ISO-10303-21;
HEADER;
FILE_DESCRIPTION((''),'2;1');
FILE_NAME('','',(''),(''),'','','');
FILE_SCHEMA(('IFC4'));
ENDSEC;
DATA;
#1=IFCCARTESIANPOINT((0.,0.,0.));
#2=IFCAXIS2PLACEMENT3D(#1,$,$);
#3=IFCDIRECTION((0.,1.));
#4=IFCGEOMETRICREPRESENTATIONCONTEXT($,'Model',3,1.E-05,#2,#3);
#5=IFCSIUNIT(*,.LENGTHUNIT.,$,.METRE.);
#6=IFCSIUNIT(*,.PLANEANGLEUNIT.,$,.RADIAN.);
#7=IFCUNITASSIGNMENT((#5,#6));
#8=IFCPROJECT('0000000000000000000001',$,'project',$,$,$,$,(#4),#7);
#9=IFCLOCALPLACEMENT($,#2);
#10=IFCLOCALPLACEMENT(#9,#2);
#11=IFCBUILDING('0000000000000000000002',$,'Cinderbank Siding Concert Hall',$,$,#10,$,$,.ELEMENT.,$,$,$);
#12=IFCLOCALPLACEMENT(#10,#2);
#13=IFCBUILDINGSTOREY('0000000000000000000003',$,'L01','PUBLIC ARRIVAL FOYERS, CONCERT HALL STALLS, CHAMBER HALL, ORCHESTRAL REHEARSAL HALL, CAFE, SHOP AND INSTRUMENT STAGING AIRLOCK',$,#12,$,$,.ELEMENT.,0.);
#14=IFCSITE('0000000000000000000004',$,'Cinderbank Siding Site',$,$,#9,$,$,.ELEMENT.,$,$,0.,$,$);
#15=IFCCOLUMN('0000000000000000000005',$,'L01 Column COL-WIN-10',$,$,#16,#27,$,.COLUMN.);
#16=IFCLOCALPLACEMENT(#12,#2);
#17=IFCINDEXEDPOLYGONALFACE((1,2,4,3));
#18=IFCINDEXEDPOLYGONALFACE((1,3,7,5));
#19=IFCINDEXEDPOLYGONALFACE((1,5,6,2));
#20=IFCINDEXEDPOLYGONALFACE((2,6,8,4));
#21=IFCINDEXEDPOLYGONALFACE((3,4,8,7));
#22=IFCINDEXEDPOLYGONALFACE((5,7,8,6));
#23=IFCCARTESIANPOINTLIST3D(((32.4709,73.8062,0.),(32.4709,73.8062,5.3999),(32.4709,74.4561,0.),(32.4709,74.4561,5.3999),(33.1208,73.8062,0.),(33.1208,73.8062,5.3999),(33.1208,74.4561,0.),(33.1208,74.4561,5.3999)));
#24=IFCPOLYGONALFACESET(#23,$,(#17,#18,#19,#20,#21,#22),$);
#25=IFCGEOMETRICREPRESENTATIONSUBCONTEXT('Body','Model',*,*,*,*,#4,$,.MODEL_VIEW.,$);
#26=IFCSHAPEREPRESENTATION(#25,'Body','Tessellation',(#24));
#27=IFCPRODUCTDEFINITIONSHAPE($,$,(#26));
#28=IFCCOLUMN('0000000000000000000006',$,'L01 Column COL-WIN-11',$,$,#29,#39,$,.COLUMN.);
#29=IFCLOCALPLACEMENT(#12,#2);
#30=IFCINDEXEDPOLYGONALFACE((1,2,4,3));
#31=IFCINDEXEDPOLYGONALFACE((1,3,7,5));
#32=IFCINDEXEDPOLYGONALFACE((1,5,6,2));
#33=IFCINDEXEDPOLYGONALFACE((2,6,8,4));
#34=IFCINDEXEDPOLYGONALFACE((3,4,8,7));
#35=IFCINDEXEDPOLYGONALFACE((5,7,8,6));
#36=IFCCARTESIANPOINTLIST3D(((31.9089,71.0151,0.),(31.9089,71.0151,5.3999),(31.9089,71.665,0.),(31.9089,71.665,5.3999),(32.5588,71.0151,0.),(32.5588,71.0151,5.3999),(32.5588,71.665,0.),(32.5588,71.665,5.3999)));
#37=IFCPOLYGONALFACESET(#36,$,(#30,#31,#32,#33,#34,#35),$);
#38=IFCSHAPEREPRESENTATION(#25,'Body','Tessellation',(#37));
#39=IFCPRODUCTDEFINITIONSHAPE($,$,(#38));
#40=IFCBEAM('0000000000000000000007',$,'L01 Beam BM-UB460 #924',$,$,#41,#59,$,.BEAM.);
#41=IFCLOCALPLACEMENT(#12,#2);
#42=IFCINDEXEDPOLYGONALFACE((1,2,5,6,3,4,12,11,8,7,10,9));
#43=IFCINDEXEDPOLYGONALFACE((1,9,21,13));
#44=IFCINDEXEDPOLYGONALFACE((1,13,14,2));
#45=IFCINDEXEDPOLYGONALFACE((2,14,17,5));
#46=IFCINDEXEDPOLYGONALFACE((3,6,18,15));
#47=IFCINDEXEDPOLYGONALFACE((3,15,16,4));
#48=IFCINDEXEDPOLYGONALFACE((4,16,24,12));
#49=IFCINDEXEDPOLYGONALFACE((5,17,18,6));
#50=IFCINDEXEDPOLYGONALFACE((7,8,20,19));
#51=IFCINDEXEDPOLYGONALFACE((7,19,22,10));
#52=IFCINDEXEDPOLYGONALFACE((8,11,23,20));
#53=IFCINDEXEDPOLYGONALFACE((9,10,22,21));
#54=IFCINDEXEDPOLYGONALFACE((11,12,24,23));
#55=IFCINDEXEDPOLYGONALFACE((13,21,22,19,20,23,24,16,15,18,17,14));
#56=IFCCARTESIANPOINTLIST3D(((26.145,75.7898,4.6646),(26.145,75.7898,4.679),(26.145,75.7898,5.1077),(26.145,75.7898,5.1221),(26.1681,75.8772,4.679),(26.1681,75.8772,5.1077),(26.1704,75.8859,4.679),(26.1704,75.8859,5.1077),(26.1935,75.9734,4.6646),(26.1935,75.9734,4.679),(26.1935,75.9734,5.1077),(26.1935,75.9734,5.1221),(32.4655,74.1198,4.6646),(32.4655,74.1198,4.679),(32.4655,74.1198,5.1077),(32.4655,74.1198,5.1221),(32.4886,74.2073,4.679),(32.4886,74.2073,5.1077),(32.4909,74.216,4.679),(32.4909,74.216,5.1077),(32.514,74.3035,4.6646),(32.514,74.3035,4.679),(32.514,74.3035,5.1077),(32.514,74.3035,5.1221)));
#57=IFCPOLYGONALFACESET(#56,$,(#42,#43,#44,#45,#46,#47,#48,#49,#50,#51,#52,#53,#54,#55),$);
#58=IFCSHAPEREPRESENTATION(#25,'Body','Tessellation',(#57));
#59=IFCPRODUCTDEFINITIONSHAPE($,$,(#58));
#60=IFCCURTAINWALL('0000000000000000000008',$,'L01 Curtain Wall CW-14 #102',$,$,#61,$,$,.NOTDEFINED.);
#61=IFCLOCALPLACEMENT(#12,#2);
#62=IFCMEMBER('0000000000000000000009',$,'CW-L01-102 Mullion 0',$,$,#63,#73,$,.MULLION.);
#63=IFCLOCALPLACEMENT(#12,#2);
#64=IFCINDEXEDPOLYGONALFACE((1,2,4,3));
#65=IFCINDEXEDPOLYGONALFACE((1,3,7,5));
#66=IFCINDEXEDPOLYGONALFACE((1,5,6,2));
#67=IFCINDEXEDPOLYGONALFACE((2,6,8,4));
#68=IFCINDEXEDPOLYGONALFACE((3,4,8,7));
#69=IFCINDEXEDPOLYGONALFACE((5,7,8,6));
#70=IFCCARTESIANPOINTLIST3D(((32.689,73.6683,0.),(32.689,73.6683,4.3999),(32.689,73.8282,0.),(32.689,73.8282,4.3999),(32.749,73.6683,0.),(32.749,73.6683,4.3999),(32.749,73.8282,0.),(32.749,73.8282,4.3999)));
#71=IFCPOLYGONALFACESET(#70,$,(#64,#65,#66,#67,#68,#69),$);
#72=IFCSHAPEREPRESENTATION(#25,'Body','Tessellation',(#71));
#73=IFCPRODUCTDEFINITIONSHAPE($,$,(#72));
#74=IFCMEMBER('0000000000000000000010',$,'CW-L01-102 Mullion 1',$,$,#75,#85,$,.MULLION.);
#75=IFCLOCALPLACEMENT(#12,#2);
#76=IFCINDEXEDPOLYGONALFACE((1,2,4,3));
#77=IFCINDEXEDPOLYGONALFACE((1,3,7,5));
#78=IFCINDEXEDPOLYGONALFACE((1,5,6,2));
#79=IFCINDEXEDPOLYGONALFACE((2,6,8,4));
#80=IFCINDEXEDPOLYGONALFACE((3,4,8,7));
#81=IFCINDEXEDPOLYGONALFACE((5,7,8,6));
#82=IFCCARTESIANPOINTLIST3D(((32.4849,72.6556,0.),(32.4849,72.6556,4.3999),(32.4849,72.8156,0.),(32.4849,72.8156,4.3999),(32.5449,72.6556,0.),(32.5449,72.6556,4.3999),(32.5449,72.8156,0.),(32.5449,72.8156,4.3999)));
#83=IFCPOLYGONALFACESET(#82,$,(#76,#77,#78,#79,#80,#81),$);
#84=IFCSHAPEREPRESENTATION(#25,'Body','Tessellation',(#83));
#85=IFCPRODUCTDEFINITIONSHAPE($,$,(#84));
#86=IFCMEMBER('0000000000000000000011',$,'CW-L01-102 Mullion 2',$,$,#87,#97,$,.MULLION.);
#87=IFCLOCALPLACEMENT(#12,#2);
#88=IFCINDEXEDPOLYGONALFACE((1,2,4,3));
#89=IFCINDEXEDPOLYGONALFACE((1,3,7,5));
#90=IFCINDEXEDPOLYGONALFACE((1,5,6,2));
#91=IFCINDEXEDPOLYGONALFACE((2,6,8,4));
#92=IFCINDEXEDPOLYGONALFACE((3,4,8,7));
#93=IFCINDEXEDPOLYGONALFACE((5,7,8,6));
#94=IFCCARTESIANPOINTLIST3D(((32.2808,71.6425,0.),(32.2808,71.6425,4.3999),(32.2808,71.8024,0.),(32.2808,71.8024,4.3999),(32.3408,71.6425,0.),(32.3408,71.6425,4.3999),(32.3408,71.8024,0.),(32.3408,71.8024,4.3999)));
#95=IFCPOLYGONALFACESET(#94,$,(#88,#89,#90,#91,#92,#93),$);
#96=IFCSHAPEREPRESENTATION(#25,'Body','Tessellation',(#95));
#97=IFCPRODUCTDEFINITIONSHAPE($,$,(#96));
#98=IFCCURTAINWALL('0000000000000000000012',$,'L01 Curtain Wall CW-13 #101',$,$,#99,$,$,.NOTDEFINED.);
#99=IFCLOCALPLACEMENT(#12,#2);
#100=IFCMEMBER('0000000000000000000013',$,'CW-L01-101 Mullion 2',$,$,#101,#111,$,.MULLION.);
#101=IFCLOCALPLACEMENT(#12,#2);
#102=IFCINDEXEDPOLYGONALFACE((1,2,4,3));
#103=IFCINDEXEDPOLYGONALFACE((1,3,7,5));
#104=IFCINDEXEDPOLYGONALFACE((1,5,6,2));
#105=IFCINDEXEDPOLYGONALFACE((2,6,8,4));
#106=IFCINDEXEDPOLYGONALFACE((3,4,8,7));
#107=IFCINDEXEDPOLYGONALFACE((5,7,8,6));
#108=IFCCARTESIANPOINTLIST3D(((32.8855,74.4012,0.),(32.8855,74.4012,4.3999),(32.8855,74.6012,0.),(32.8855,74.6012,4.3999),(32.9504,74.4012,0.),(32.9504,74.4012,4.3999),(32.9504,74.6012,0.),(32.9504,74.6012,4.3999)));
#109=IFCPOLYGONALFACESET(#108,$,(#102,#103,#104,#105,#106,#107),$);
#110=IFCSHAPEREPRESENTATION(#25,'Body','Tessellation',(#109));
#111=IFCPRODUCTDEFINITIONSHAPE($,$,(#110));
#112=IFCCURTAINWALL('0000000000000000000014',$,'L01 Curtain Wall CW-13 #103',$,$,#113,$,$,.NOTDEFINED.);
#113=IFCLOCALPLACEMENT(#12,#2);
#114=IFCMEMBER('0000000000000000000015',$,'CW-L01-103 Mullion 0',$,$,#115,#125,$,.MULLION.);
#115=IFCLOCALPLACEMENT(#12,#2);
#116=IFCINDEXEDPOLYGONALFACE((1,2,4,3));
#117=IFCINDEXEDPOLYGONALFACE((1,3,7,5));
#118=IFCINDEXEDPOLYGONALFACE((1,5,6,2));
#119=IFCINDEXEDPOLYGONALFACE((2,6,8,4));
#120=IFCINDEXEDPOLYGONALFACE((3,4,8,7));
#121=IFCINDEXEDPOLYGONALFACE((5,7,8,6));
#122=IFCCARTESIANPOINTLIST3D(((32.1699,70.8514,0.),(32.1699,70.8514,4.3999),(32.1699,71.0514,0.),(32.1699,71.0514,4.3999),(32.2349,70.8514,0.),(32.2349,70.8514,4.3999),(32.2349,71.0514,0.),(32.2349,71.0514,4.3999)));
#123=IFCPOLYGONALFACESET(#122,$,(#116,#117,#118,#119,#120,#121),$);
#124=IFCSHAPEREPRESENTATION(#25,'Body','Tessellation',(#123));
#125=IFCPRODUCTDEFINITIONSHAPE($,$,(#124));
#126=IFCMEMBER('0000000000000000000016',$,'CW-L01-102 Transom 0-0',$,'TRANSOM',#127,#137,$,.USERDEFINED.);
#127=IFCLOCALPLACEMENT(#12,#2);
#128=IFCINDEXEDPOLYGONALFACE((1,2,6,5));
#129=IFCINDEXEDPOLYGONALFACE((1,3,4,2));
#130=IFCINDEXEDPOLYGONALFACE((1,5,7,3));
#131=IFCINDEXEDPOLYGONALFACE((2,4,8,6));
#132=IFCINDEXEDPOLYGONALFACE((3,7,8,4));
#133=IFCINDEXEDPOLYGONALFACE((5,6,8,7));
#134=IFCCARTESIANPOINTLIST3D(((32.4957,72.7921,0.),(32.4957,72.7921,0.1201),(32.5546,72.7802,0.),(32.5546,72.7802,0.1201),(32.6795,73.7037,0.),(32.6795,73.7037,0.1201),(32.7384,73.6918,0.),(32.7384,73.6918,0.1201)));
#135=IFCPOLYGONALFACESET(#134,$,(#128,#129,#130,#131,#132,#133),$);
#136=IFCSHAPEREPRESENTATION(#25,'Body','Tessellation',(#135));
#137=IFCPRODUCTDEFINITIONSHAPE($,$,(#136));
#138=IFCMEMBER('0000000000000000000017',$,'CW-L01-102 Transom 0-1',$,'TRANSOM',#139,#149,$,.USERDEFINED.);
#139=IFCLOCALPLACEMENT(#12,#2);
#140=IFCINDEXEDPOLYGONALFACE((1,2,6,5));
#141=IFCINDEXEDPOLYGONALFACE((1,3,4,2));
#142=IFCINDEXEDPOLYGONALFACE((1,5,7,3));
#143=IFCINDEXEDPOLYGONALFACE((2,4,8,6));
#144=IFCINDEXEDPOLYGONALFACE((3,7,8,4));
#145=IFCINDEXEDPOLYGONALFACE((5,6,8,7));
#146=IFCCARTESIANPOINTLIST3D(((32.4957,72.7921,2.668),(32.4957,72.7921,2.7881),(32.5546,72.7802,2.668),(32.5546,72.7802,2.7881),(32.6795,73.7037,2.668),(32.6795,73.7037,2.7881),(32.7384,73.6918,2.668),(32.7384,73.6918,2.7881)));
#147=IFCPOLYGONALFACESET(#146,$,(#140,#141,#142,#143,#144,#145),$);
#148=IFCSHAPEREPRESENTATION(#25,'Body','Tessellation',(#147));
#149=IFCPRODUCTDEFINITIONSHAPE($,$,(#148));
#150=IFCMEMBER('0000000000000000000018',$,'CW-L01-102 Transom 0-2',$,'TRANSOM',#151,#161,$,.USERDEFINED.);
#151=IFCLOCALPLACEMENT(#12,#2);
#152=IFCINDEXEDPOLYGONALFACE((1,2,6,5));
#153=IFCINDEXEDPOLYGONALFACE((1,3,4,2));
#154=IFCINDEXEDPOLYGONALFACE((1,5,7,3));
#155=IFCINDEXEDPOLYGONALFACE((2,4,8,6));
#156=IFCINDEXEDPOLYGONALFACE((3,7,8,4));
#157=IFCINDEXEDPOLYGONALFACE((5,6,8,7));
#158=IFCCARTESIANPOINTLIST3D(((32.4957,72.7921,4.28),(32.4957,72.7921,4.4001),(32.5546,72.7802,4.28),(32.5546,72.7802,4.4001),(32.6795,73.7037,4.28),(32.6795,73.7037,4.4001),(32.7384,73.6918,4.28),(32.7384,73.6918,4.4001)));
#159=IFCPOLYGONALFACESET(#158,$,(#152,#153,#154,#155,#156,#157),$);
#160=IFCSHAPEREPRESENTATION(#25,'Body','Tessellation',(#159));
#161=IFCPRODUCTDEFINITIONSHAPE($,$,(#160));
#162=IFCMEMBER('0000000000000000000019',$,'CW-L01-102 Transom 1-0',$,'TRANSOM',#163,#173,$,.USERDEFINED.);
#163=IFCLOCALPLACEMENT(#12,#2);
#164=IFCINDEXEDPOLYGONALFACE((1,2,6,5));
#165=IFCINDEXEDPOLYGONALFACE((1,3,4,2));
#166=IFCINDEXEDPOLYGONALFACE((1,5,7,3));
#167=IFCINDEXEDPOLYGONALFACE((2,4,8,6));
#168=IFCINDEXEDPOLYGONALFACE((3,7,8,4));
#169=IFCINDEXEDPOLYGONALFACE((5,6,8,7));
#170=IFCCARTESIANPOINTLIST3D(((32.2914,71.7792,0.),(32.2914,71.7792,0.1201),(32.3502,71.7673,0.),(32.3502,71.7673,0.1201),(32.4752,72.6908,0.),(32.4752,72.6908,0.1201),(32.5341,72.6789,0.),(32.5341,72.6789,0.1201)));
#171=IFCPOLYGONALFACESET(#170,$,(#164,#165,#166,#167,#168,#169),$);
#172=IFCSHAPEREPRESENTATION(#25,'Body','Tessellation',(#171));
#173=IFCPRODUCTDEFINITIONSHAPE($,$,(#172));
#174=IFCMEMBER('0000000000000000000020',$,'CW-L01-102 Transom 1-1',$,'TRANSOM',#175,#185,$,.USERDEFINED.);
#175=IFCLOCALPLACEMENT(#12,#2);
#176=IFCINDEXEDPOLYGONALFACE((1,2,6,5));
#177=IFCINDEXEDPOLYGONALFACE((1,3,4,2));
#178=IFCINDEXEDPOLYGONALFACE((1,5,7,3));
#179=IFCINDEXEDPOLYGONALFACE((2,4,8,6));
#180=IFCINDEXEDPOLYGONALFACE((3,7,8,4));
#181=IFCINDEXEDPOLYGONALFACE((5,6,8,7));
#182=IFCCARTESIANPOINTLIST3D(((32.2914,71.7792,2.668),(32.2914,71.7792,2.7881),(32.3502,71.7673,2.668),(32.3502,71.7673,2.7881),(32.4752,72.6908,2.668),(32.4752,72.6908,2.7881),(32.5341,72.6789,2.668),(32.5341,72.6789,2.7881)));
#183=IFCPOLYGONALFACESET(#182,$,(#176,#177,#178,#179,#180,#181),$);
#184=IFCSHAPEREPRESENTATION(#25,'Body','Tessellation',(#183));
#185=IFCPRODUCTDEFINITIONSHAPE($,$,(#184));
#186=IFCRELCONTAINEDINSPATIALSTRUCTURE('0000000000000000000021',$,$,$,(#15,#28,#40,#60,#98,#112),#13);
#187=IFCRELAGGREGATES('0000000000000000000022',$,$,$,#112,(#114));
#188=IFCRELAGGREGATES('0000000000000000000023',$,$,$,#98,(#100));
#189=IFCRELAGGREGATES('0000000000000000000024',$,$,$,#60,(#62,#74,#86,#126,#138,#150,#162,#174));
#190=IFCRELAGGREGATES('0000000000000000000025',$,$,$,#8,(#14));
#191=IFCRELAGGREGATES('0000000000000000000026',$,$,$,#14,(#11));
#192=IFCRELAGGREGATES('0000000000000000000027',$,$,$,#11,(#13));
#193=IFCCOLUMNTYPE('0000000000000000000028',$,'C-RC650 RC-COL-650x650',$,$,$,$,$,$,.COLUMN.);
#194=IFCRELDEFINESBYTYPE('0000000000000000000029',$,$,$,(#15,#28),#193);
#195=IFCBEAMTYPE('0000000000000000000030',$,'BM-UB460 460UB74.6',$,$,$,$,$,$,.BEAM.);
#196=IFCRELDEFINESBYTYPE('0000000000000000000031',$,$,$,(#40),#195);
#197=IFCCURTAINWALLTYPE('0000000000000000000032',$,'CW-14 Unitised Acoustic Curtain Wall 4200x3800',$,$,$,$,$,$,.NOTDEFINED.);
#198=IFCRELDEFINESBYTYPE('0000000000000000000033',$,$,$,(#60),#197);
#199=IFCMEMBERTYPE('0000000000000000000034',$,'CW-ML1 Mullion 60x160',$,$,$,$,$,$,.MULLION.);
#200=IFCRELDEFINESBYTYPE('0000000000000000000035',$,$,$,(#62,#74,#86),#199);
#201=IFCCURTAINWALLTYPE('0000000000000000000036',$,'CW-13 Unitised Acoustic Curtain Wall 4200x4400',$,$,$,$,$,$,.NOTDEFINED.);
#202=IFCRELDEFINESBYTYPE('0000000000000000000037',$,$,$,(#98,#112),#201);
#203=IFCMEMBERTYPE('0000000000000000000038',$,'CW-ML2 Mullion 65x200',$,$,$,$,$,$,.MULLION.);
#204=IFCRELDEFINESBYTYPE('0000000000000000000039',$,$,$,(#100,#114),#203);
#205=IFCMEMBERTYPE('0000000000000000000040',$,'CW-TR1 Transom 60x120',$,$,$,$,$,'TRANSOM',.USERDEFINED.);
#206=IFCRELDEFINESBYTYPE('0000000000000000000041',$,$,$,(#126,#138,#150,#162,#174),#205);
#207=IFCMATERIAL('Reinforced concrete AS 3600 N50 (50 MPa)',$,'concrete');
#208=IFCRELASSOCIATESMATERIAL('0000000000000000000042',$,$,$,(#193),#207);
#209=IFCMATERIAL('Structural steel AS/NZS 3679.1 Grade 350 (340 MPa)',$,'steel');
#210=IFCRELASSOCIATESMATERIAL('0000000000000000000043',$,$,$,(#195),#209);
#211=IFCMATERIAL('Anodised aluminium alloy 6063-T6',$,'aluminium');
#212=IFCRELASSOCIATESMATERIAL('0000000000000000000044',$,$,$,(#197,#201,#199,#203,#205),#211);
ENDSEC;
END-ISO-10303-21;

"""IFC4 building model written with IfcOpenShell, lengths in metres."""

from ifc_helpers import new_model, si_unit, direction, frame, origin, origin_2d, place, context, subcontext, project, spatial, rectangle, i_section, extrude, material, material_profile, profile_set, type_object, element, aggregate, save


model = new_model("IFC4")

# Units and contexts
model_context = context("Model", 3, precision=1e-05, world=origin(), true_north=direction((0.0, 1.0)))
body_context = subcontext(model_context, "Body", "Model", "MODEL_VIEW")
ifc_project = project(units=[si_unit("LENGTHUNIT", "METRE"), si_unit("PLANEANGLEUNIT", "RADIAN")], contexts=[model_context])

# Site, building, storey
site_placement = place(None, origin())
site = spatial("IfcSite", under=ifc_project, at=site_placement, Name="Cinderbank Siding Site", CompositionType="ELEMENT", RefElevation=0.0)
building_placement = place(site_placement, origin())
building = spatial("IfcBuilding", under=site, at=building_placement, Name="Cinderbank Siding Concert Hall", CompositionType="ELEMENT")
storey_placement = place(building_placement, origin())
storey = spatial("IfcBuildingStorey", under=building, at=storey_placement, Name="L01", Description="PUBLIC ARRIVAL FOYERS, CONCERT HALL STALLS, CHAMBER HALL, ORCHESTRAL REHEARSAL HALL, CAFE, SHOP AND INSTRUMENT STAGING AIRLOCK", CompositionType="ELEMENT", Elevation=0.0)

# Columns
ifc_material_1 = material(Name="Reinforced concrete AS 3600 N50 (50 MPa)", Category="concrete")
ifc_material_profile_1 = material_profile(ifc_material_1, rectangle(XDim=0.6499, YDim=0.6499, at=origin_2d()), Name="RC-COL-650x650", Category="LoadBearing")
ifc_profile_set_1 = profile_set([ifc_material_profile_1], Name="Reinforced concrete AS 3600 N50 (50 MPa)")
column_type = type_object("IfcColumnType", Name="C-RC650 RC-COL-650x650", PredefinedType="COLUMN", material=ifc_profile_set_1)
for number, where, z_axis, x_axis, name in (
    (1, (32.7959, 74.1311, 0.0), (0.0, 0.0, 1.0), (1.0, 0.0, 0.0), "L01 Column COL-WIN-10"),
    (2, (32.2339, 71.3401, 0.0), (0.0, 0.0, 1.0), (1.0, 0.0, 0.0), "L01 Column COL-WIN-11"),
):
    element("IfcColumn", number, at=place(storey_placement, frame(where, z_axis=z_axis, x_axis=x_axis)), inside=storey, type_object=column_type, Name=name, PredefinedType="COLUMN", context=body_context, shape_type="SweptSolid", body=[
        extrude(rectangle(XDim=0.6499, YDim=0.6499, at=origin_2d()), origin(), (0.0, 0.0, 1.0), 5.3999),
    ])

# Beam
ifc_material_2 = material(Name="Structural steel AS/NZS 3679.1 Grade 350 (340 MPa)", Category="steel")
ifc_material_profile_2 = material_profile(ifc_material_2, i_section(OverallWidth=0.1899, OverallDepth=0.4575, WebThickness=0.009, FlangeThickness=0.0144, at=origin_2d()), Name="460UB74.6", Category="LoadBearing")
ifc_profile_set_2 = profile_set([ifc_material_profile_2], Name="Structural steel AS/NZS 3679.1 Grade 350 (340 MPa)")
beam_type_1 = type_object("IfcBeamType", Name="BM-UB460 460UB74.6", PredefinedType="BEAM", material=ifc_profile_set_2)
beam_1_placement = place(storey_placement, frame((32.4897, 74.2117, 4.8933), z_axis=(-0.966825, 0.25544, 0.0), x_axis=(-0.25544, -0.966825, 0.0)))
element("IfcBeam", 3, at=beam_1_placement, inside=storey, type_object=beam_type_1, Name="L01 Beam BM-UB460 #924", PredefinedType="BEAM", context=body_context, shape_type="SweptSolid", body=[
    extrude(i_section(OverallWidth=0.1899, OverallDepth=0.4575, WebThickness=0.009, FlangeThickness=0.0144, at=origin_2d()), origin(), (0.0, 0.0, 1.0), 6.5374),
])

# Curtain wall, members
ifc_material_3 = material(Name="Anodised aluminium alloy 6063-T6", Category="aluminium")
curtain_wall_type_1 = type_object("IfcCurtainWallType", Name="CW-14 Unitised Acoustic Curtain Wall 4200x3800", PredefinedType="NOTDEFINED", material=ifc_material_3)
curtain_wall_1_placement = place(storey_placement, origin())
curtain_wall_1 = element("IfcCurtainWall", 4, at=curtain_wall_1_placement, inside=storey, type_object=curtain_wall_type_1, Name="L01 Curtain Wall CW-14 #102", PredefinedType="NOTDEFINED")
ifc_material_profile_3 = material_profile(ifc_material_3, rectangle(XDim=0.0601, YDim=0.1599, at=origin_2d()), Name="ALU-MULL-60x160", Category="LoadBearing")
ifc_profile_set_3 = profile_set([ifc_material_profile_3], Name="Anodised aluminium alloy 6063-T6")
member_type_1 = type_object("IfcMemberType", Name="CW-ML1 Mullion 60x160", PredefinedType="MULLION", material=ifc_profile_set_3)
member_1_placement = place(storey_placement, frame((32.719, 73.7483, 0.0), z_axis=(0.0, 0.0, 1.0), x_axis=(1.0, 0.0, 0.0)))
member_1 = element("IfcMember", 5, at=member_1_placement, type_object=member_type_1, Name="CW-L01-102 Mullion 0", PredefinedType="MULLION", context=body_context, shape_type="SweptSolid", body=[
    extrude(rectangle(XDim=0.0601, YDim=0.1599, at=origin_2d()), origin(), (0.0, 0.0, 1.0), 4.3999),
])
member_2_placement = place(storey_placement, frame((32.5149, 72.7356, 0.0), z_axis=(0.0, 0.0, 1.0), x_axis=(1.0, 0.0, 0.0)))
member_2 = element("IfcMember", 6, at=member_2_placement, type_object=member_type_1, Name="CW-L01-102 Mullion 1", PredefinedType="MULLION", context=body_context, shape_type="SweptSolid", body=[
    extrude(rectangle(XDim=0.0601, YDim=0.1599, at=origin_2d()), origin(), (0.0, 0.0, 1.0), 4.3999),
])
member_3_placement = place(storey_placement, frame((32.3108, 71.7224, 0.0), z_axis=(0.0, 0.0, 1.0), x_axis=(1.0, 0.0, 0.0)))
member_3 = element("IfcMember", 7, at=member_3_placement, type_object=member_type_1, Name="CW-L01-102 Mullion 2", PredefinedType="MULLION", context=body_context, shape_type="SweptSolid", body=[
    extrude(rectangle(XDim=0.0601, YDim=0.1599, at=origin_2d()), origin(), (0.0, 0.0, 1.0), 4.3999),
])

# Curtain walls, members
curtain_wall_type_2 = type_object("IfcCurtainWallType", Name="CW-13 Unitised Acoustic Curtain Wall 4200x4400", PredefinedType="NOTDEFINED", material=ifc_material_3)
curtain_wall_2_placement = place(storey_placement, origin())
curtain_wall_2 = element("IfcCurtainWall", 8, at=curtain_wall_2_placement, inside=storey, type_object=curtain_wall_type_2, Name="L01 Curtain Wall CW-13 #101", PredefinedType="NOTDEFINED")
ifc_material_profile_4 = material_profile(ifc_material_3, rectangle(XDim=0.0649, YDim=0.2, at=origin_2d()), Name="ALU-MULL-65x200", Category="LoadBearing")
ifc_profile_set_4 = profile_set([ifc_material_profile_4], Name="Anodised aluminium alloy 6063-T6")
member_type_2 = type_object("IfcMemberType", Name="CW-ML2 Mullion 65x200", PredefinedType="MULLION", material=ifc_profile_set_4)
member_4_placement = place(storey_placement, frame((32.918, 74.5012, 0.0), z_axis=(0.0, 0.0, 1.0), x_axis=(1.0, 0.0, 0.0)))
member_4 = element("IfcMember", 9, at=member_4_placement, type_object=member_type_2, Name="CW-L01-101 Mullion 2", PredefinedType="MULLION", context=body_context, shape_type="SweptSolid", body=[
    extrude(rectangle(XDim=0.0649, YDim=0.2, at=origin_2d()), origin(), (0.0, 0.0, 1.0), 4.3999),
])
curtain_wall_3_placement = place(storey_placement, origin())
curtain_wall_3 = element("IfcCurtainWall", 10, at=curtain_wall_3_placement, inside=storey, type_object=curtain_wall_type_2, Name="L01 Curtain Wall CW-13 #103", PredefinedType="NOTDEFINED")
member_5_placement = place(storey_placement, frame((32.2024, 70.9514, 0.0), z_axis=(0.0, 0.0, 1.0), x_axis=(1.0, 0.0, 0.0)))
member_5 = element("IfcMember", 11, at=member_5_placement, type_object=member_type_2, Name="CW-L01-103 Mullion 0", PredefinedType="MULLION", context=body_context, shape_type="SweptSolid", body=[
    extrude(rectangle(XDim=0.0649, YDim=0.2, at=origin_2d()), origin(), (0.0, 0.0, 1.0), 4.3999),
])

# Members
ifc_material_profile_5 = material_profile(ifc_material_3, rectangle(XDim=0.0601, YDim=0.1201, at=origin_2d()), Name="ALU-TRAN-60x120", Category="LoadBearing")
ifc_profile_set_5 = profile_set([ifc_material_profile_5], Name="Anodised aluminium alloy 6063-T6")
member_type_3 = type_object("IfcMemberType", Name="CW-TR1 Transom 60x120", ElementType="TRANSOM", PredefinedType="USERDEFINED", material=ifc_profile_set_5)
member_6_placement = place(storey_placement, frame((32.709, 73.6978, 0.0601), z_axis=(-0.197681, -0.980266, 0.0), x_axis=(0.980266, -0.197681, 0.0)))
member_6 = element("IfcMember", 12, at=member_6_placement, type_object=member_type_3, Name="CW-L01-102 Transom 0-0", ObjectType="TRANSOM", PredefinedType="USERDEFINED", context=body_context, shape_type="SweptSolid", body=[
    extrude(rectangle(XDim=0.0601, YDim=0.1201, at=origin_2d()), origin(), (0.0, 0.0, 1.0), 0.9299),
])
member_7_placement = place(storey_placement, frame((32.709, 73.6978, 2.728), z_axis=(-0.197681, -0.980266, 0.0), x_axis=(0.980266, -0.197681, 0.0)))
member_7 = element("IfcMember", 13, at=member_7_placement, type_object=member_type_3, Name="CW-L01-102 Transom 0-1", ObjectType="TRANSOM", PredefinedType="USERDEFINED", context=body_context, shape_type="SweptSolid", body=[
    extrude(rectangle(XDim=0.0601, YDim=0.1201, at=origin_2d()), origin(), (0.0, 0.0, 1.0), 0.9299),
])
member_8_placement = place(storey_placement, frame((32.709, 73.6978, 4.3401), z_axis=(-0.197681, -0.980266, 0.0), x_axis=(0.980266, -0.197681, 0.0)))
member_8 = element("IfcMember", 14, at=member_8_placement, type_object=member_type_3, Name="CW-L01-102 Transom 0-2", ObjectType="TRANSOM", PredefinedType="USERDEFINED", context=body_context, shape_type="SweptSolid", body=[
    extrude(rectangle(XDim=0.0601, YDim=0.1201, at=origin_2d()), origin(), (0.0, 0.0, 1.0), 0.9299),
])
member_9_placement = place(storey_placement, frame((32.5046, 72.6848, 0.0601), z_axis=(-0.197681, -0.980266, 0.0), x_axis=(0.980266, -0.197681, 0.0)))
member_9 = element("IfcMember", 15, at=member_9_placement, type_object=member_type_3, Name="CW-L01-102 Transom 1-0", ObjectType="TRANSOM", PredefinedType="USERDEFINED", context=body_context, shape_type="SweptSolid", body=[
    extrude(rectangle(XDim=0.0601, YDim=0.1201, at=origin_2d()), origin(), (0.0, 0.0, 1.0), 0.9299),
])
member_10_placement = place(storey_placement, frame((32.5046, 72.6848, 2.728), z_axis=(-0.197681, -0.980266, 0.0), x_axis=(0.980266, -0.197681, 0.0)))
member_10 = element("IfcMember", 16, at=member_10_placement, type_object=member_type_3, Name="CW-L01-102 Transom 1-1", ObjectType="TRANSOM", PredefinedType="USERDEFINED", context=body_context, shape_type="SweptSolid", body=[
    extrude(rectangle(XDim=0.0601, YDim=0.1201, at=origin_2d()), origin(), (0.0, 0.0, 1.0), 0.9299),
])
aggregate(curtain_wall_3, [member_5])

aggregate(curtain_wall_2, [member_4])
aggregate(curtain_wall_1, [member_1, member_2, member_3, member_6, member_7, member_8, member_9, member_10])

save(model, "model.ifc")
